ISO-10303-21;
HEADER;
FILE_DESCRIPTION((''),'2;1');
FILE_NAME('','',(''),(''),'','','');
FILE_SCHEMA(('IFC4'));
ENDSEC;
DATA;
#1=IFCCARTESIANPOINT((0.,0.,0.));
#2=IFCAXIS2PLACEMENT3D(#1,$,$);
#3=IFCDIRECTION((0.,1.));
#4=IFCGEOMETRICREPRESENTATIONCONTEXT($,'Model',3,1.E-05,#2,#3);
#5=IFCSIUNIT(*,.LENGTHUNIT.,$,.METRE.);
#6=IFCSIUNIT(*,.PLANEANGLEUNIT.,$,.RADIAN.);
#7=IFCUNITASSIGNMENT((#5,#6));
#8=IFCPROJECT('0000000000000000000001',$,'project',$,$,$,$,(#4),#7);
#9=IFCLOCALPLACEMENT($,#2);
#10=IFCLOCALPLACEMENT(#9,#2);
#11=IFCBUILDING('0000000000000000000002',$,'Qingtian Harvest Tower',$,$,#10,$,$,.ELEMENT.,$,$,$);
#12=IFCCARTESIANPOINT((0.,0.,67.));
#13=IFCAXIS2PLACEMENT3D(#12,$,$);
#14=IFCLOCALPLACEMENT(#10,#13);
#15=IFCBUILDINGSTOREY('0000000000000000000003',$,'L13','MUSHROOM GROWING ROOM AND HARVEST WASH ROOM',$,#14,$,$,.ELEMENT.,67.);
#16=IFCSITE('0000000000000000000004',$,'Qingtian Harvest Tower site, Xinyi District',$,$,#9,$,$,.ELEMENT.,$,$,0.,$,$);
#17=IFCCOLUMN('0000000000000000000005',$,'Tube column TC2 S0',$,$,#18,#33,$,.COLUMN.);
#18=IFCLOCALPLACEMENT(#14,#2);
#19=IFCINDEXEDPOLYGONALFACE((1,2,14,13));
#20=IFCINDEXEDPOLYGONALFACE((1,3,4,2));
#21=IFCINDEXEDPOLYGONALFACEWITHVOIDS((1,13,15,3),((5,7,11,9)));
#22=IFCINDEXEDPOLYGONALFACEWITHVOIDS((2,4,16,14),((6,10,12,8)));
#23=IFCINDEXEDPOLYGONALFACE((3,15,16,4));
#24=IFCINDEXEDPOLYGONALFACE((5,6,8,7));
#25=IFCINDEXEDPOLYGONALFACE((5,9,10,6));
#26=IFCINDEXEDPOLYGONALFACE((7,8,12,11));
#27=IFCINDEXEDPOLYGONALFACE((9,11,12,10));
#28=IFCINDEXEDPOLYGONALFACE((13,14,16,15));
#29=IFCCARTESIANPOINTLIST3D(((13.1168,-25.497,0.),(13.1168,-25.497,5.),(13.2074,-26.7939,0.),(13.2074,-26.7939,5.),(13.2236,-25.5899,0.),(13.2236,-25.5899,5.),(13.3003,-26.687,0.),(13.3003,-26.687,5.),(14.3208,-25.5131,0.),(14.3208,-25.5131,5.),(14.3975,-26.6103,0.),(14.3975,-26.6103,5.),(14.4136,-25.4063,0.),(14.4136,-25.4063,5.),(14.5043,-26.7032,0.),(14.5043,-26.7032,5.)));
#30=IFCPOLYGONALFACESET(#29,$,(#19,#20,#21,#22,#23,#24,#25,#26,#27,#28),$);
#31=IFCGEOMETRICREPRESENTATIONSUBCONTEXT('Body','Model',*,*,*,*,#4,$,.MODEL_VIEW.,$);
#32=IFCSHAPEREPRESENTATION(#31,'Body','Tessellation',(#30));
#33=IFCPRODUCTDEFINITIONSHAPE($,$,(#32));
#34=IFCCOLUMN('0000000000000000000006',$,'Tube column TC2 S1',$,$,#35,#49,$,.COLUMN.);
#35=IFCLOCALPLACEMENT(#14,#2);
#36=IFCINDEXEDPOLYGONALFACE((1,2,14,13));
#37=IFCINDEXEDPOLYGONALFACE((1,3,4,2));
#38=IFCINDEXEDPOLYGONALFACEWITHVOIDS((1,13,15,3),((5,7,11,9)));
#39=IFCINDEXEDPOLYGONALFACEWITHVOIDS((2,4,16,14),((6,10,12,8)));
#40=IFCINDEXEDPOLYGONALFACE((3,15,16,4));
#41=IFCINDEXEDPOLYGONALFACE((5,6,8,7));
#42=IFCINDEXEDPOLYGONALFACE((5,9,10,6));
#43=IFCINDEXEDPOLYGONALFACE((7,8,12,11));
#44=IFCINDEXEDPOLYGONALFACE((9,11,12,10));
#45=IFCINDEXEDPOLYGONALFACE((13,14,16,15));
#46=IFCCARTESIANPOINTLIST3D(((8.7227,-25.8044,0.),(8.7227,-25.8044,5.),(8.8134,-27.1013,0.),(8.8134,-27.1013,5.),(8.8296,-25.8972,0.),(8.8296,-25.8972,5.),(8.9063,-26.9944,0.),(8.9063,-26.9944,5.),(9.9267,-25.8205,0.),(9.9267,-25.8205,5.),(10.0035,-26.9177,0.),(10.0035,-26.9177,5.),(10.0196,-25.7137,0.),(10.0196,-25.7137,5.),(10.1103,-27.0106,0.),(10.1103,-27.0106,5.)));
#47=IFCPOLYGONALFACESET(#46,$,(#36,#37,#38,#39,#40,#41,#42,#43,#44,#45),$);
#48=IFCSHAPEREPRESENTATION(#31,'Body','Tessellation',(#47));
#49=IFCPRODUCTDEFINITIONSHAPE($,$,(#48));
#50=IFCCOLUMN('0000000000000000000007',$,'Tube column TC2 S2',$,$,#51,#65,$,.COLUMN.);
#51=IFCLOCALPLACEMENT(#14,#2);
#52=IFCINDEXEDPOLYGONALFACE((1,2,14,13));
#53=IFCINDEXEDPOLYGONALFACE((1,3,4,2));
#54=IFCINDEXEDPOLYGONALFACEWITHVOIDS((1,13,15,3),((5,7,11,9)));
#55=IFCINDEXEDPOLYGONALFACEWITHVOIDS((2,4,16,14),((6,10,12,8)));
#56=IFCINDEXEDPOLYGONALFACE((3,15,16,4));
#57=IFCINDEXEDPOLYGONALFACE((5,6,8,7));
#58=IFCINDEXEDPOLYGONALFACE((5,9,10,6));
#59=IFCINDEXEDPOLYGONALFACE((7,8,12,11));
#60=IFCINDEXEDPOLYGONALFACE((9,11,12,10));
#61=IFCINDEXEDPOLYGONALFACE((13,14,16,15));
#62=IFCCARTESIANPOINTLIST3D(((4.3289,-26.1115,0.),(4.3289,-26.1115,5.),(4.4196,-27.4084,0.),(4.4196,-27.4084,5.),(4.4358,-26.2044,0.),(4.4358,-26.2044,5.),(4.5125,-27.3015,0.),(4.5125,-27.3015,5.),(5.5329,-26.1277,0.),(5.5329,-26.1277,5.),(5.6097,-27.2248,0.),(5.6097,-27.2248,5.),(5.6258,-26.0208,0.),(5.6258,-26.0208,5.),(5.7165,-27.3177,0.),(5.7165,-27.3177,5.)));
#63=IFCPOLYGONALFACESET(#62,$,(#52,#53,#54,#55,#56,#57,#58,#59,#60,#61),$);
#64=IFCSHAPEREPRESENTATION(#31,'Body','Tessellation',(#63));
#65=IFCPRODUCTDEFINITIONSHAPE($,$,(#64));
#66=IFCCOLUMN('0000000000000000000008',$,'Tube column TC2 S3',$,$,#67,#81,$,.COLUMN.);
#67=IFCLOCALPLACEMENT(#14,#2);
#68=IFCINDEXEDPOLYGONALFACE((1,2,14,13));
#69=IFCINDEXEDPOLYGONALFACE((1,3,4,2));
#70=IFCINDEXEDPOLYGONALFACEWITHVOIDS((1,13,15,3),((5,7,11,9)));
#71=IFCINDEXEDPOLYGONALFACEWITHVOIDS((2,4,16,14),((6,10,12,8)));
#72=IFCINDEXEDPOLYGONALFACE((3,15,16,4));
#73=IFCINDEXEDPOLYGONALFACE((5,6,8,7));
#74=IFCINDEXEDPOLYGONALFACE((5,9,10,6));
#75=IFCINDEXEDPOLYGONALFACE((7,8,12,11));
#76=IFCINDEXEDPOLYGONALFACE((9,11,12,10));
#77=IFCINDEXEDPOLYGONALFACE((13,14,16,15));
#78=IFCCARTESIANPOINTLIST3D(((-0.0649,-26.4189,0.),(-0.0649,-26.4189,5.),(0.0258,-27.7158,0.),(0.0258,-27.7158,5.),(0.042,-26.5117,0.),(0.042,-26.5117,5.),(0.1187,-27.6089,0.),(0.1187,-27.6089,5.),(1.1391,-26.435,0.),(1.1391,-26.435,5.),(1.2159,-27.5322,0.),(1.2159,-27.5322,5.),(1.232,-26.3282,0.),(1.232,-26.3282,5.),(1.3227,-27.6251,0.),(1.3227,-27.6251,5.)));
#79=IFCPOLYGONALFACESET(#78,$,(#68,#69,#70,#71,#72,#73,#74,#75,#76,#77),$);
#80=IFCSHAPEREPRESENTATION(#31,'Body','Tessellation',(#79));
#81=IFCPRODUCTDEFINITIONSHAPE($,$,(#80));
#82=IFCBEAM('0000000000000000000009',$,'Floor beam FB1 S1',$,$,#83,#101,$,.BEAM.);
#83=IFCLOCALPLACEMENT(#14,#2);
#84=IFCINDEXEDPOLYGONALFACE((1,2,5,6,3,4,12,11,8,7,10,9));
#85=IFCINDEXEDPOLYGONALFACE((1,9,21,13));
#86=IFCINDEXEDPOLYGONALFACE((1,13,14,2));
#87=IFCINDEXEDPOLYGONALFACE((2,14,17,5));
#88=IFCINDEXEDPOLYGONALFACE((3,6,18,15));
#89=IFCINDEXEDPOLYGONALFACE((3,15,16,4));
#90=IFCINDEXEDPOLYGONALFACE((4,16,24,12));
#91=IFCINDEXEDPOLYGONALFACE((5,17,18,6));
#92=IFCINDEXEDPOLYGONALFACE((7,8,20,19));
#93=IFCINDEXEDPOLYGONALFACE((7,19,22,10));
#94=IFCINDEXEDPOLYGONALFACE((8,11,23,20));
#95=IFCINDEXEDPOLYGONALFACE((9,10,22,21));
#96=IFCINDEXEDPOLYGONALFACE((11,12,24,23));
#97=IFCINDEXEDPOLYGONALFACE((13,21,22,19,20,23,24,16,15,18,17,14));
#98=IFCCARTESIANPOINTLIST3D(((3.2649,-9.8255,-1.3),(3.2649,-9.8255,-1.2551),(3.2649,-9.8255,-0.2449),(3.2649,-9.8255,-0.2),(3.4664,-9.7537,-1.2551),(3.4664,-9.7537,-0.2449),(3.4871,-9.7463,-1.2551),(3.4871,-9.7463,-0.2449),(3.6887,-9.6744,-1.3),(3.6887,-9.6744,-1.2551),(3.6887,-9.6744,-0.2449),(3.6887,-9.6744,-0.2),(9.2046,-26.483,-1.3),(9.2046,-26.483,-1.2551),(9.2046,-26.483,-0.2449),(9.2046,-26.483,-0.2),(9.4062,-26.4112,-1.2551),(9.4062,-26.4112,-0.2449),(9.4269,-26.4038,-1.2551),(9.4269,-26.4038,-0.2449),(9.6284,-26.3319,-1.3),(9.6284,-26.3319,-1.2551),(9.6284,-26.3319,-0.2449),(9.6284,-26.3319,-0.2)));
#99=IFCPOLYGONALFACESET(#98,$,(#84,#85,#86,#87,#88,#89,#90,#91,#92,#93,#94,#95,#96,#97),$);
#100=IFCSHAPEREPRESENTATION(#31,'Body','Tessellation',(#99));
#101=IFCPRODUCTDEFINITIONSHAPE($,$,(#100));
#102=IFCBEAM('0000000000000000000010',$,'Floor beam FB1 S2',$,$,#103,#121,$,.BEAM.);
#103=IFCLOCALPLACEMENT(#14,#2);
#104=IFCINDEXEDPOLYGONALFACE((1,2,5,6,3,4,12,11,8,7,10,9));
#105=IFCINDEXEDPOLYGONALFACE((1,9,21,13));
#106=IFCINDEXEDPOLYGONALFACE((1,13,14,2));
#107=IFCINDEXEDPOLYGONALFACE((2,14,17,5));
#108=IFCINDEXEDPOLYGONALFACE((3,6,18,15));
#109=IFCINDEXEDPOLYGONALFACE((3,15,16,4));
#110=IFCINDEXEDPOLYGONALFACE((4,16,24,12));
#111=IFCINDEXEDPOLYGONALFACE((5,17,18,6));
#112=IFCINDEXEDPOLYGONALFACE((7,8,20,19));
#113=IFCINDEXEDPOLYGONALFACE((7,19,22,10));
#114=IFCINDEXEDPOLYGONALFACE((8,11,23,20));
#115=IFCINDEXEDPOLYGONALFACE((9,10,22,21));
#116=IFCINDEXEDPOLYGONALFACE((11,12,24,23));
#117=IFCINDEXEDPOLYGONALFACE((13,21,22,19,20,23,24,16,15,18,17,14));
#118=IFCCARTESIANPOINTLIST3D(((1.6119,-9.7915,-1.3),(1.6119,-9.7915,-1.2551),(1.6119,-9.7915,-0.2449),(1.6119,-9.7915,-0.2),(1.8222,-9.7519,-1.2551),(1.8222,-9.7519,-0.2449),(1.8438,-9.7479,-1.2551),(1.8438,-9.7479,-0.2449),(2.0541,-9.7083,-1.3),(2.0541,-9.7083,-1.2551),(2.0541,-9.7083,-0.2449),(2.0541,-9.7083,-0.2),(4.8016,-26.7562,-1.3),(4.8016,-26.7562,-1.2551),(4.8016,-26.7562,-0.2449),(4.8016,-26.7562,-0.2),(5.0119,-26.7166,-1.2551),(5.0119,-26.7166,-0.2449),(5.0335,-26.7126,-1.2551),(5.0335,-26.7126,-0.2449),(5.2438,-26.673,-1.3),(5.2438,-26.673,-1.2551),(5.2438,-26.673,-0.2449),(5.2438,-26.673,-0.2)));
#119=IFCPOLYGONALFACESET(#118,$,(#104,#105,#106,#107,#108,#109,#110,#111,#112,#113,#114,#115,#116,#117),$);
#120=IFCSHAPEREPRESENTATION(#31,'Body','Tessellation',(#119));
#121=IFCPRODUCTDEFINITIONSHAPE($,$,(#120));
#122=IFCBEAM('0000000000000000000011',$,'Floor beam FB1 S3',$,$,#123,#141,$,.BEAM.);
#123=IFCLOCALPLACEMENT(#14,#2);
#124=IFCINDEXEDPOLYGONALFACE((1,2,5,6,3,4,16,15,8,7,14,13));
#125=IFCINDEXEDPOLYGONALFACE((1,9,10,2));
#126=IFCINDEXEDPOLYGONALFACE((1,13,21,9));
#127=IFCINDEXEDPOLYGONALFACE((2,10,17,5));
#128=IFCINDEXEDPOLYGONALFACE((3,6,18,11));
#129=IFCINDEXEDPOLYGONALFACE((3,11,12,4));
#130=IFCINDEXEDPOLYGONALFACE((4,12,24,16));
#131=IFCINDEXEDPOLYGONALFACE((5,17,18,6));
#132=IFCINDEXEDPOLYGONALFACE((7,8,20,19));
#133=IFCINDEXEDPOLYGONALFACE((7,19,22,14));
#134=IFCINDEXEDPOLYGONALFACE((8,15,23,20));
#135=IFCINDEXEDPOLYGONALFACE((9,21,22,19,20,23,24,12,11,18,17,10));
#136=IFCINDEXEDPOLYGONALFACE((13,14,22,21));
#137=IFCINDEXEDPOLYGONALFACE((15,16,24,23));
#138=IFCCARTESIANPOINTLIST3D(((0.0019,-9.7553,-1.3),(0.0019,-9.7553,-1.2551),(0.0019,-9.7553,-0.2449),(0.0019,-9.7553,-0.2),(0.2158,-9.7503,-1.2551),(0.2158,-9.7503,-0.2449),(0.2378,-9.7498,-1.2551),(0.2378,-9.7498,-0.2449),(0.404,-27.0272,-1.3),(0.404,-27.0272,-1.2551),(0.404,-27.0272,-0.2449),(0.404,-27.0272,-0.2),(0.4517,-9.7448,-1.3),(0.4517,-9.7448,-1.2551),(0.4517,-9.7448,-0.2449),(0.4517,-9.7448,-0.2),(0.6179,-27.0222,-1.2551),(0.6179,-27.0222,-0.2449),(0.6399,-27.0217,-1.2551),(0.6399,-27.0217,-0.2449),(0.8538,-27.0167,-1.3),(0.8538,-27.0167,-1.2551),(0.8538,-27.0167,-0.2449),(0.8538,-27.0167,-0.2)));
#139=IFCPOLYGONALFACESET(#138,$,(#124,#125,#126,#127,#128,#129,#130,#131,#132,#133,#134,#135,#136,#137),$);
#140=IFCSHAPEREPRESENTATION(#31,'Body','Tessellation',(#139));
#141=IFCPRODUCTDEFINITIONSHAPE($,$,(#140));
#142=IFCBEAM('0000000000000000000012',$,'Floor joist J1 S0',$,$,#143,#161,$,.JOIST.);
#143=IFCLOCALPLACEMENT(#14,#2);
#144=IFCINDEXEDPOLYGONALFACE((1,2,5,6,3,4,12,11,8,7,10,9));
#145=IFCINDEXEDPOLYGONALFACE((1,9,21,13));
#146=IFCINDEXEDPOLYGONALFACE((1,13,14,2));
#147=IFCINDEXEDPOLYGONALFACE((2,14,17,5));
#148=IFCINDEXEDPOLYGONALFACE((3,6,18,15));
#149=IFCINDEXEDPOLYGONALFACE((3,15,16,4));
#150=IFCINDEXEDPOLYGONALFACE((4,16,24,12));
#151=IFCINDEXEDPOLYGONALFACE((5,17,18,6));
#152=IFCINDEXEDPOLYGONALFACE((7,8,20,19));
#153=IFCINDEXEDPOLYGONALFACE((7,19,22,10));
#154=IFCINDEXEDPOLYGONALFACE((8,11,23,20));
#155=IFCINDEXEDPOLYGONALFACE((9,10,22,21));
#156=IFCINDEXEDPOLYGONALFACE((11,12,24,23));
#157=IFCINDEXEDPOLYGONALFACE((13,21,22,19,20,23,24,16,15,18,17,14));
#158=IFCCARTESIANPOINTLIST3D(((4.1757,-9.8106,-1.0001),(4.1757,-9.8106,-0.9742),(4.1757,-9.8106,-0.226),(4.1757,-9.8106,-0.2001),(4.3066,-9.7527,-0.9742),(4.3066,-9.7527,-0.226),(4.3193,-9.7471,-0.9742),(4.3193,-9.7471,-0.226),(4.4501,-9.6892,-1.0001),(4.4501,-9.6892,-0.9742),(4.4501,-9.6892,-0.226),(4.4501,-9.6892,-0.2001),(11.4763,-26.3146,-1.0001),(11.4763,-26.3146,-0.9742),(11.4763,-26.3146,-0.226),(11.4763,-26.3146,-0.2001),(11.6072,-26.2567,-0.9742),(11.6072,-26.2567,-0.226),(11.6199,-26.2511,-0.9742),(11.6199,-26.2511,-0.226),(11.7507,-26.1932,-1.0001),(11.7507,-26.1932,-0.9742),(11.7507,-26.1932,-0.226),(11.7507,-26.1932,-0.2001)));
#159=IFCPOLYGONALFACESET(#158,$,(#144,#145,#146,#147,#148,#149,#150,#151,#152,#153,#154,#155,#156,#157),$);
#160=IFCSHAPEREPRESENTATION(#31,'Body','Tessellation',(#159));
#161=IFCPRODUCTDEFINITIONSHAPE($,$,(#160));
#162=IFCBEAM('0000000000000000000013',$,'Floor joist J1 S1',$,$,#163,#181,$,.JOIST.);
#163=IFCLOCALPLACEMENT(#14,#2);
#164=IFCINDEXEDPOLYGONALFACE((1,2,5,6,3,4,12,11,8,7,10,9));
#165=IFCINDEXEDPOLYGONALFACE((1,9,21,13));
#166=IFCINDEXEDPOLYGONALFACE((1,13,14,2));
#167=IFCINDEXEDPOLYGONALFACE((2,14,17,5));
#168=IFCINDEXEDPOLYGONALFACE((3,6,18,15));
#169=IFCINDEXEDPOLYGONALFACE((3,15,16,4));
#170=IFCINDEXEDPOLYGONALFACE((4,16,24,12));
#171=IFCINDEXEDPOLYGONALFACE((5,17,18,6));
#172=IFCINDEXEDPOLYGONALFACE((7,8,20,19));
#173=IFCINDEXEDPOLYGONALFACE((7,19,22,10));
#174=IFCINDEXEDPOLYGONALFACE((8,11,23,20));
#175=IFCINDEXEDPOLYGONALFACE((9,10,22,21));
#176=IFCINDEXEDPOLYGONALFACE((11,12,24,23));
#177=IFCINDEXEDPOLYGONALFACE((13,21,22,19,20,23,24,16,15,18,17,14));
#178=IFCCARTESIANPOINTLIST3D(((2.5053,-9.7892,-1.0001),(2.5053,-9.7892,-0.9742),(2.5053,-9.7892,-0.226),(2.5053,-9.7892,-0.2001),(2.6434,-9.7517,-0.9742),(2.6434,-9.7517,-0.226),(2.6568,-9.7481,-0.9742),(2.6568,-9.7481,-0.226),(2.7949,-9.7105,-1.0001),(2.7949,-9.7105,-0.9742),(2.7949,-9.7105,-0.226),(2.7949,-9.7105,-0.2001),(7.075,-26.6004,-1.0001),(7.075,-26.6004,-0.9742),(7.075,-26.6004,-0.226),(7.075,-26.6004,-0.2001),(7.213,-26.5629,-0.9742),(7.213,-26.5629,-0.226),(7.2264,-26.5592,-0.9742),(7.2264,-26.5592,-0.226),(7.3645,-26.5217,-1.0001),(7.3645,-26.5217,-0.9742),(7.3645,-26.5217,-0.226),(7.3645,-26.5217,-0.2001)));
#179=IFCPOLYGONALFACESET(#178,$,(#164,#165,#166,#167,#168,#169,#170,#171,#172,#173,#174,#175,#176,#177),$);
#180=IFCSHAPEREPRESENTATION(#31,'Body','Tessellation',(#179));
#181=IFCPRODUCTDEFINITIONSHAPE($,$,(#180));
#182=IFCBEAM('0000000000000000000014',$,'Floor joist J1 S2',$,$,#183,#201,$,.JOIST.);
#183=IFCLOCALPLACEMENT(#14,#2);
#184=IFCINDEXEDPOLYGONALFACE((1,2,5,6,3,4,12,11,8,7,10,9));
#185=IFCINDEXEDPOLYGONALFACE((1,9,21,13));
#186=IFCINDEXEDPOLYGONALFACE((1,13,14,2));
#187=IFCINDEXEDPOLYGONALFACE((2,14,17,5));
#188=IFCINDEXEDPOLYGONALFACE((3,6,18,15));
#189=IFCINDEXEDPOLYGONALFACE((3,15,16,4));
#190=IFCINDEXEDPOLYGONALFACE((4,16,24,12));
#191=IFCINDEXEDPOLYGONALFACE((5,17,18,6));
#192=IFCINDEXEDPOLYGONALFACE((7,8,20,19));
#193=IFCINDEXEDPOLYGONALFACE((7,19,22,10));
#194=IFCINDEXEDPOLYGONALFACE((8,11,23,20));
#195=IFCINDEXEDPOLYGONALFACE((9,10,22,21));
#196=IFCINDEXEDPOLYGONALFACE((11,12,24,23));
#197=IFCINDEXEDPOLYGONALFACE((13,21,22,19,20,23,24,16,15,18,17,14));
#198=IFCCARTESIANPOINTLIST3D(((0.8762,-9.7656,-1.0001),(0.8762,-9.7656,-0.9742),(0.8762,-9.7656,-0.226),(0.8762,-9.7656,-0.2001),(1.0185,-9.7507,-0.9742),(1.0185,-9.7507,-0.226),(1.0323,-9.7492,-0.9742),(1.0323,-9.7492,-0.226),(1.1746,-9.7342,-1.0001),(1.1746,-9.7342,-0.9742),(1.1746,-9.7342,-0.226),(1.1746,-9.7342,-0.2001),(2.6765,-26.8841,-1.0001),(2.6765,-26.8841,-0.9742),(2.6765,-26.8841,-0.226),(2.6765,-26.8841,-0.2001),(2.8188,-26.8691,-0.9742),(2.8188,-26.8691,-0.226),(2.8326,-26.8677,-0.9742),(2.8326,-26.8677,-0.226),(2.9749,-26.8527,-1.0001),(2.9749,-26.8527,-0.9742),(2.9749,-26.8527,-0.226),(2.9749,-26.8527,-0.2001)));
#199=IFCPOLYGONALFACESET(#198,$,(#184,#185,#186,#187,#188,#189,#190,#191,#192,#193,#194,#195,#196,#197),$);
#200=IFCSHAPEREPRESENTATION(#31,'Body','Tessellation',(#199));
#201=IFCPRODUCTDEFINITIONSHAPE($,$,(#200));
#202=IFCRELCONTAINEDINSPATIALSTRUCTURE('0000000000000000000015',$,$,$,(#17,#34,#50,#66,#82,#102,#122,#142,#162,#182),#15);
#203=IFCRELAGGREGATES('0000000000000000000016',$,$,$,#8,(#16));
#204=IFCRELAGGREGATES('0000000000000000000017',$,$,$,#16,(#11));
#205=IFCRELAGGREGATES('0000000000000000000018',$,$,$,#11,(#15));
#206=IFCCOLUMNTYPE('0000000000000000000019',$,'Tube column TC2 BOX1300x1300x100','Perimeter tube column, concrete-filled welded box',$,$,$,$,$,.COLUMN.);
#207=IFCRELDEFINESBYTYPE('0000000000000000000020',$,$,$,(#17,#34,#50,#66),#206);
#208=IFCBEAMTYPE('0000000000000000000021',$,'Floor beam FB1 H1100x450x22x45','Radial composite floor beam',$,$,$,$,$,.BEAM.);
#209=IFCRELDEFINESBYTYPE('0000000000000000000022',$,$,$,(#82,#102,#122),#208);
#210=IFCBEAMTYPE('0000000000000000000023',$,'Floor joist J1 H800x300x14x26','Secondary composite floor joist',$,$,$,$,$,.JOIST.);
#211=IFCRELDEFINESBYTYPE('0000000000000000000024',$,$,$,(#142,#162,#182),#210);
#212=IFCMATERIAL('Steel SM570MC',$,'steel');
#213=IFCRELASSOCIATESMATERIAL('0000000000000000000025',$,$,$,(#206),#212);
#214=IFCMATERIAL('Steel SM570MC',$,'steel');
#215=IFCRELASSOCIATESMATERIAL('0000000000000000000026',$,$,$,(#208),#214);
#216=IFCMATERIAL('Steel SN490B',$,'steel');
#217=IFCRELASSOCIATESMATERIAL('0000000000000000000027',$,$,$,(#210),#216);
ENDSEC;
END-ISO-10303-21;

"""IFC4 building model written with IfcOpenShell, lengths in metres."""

from ifc_helpers import new_model, si_unit, direction, frame, origin, origin_2d, place, context, subcontext, project, spatial, hollow_rectangle, i_section, extrude, material, material_profile, profile_set, type_object, element, save


model = new_model("IFC4")

# Units and contexts
model_context = context("Model", 3, precision=1e-05, world=origin(), true_north=direction((0.0, 1.0)))
body_context = subcontext(model_context, "Body", "Model", "MODEL_VIEW")
ifc_project = project(units=[si_unit("LENGTHUNIT", "METRE"), si_unit("PLANEANGLEUNIT", "RADIAN")], contexts=[model_context])

# Site, building, storey
site_placement = place(None, origin())
site = spatial("IfcSite", under=ifc_project, at=site_placement, Name="Qingtian Harvest Tower site, Xinyi District", CompositionType="ELEMENT", RefElevation=0.0)
building_placement = place(site_placement, origin())
building = spatial("IfcBuilding", under=site, at=building_placement, Name="Qingtian Harvest Tower", CompositionType="ELEMENT")
storey_placement = place(building_placement, frame((0.0, 0.0, 67.0)))
storey = spatial("IfcBuildingStorey", under=building, at=storey_placement, Name="L13", Description="MUSHROOM GROWING ROOM AND HARVEST WASH ROOM", CompositionType="ELEMENT", Elevation=67.0)

# Columns
ifc_material_1 = material(Name="Steel SM570MC", Category="steel")
ifc_material_profile_1 = material_profile(ifc_material_1, hollow_rectangle(XDim=1.3, YDim=1.3, WallThickness=0.1001, at=origin_2d()), Name="BOX1300x1300x100")
ifc_profile_set_1 = profile_set([ifc_material_profile_1], Name="Steel SM570MC")
column_type = type_object("IfcColumnType", Name="Tube column TC2 BOX1300x1300x100", Description="Perimeter tube column, concrete-filled welded box", PredefinedType="COLUMN", material=ifc_profile_set_1)
for number, where, z_axis, x_axis, name in (
    (1, (13.8105, -26.1001, 0.0), (0.0, 0.0, 1.0), (0.997564, 0.069756, 0.0), "Tube column TC2 S0"),
    (2, (9.4165, -26.4075, 0.0), (0.0, 0.0, 1.0), (0.997564, 0.069756, 0.0), "Tube column TC2 S1"),
    (3, (5.0227, -26.7146, 0.0), (0.0, 0.0, 1.0), (0.997564, 0.069756, 0.0), "Tube column TC2 S2"),
    (4, (0.6289, -27.022, 0.0), (0.0, 0.0, 1.0), (0.997564, 0.069756, 0.0), "Tube column TC2 S3"),
):
    element("IfcColumn", number, at=place(storey_placement, frame(where, z_axis=z_axis, x_axis=x_axis)), inside=storey, type_object=column_type, Name=name, PredefinedType="COLUMN", context=body_context, shape_type="SweptSolid", body=[
        extrude(hollow_rectangle(XDim=1.3, YDim=1.3, WallThickness=0.1001, at=origin_2d()), origin(), (0.0, 0.0, 1.0), 5.0),
    ])

# Beams
ifc_material_2 = material(Name="Steel SM570MC", Category="steel")
ifc_material_profile_2 = material_profile(ifc_material_2, i_section(OverallWidth=0.45, OverallDepth=1.1001, WebThickness=0.022, FlangeThickness=0.0449, at=origin_2d()), Name="H1100x450x22x45")
ifc_profile_set_2 = profile_set([ifc_material_profile_2], Name="Steel SM570MC")
beam_type_1 = type_object("IfcBeamType", Name="Floor beam FB1 H1100x450x22x45", Description="Radial composite floor beam", PredefinedType="BEAM", material=ifc_profile_set_2)
beam_1_placement = place(storey_placement, frame((9.4165, -26.4075, -0.75), z_axis=(-0.335865, 0.94191, 0.0), x_axis=(-0.94191, -0.335865, 0.0)))
element("IfcBeam", 5, at=beam_1_placement, inside=storey, type_object=beam_type_1, Name="Floor beam FB1 S1", PredefinedType="BEAM", context=body_context, shape_type="SweptSolid", body=[
    extrude(i_section(OverallWidth=0.45, OverallDepth=1.1001, WebThickness=0.022, FlangeThickness=0.0449, at=origin_2d()), origin(), (0.0, 0.0, 1.0), 17.6848),
])
beam_2_placement = place(storey_placement, frame((5.0227, -26.7146, -0.75), z_axis=(-0.184783, 0.982779, 0.0), x_axis=(-0.982779, -0.184783, 0.0)))
element("IfcBeam", 6, at=beam_2_placement, inside=storey, type_object=beam_type_1, Name="Floor beam FB1 S2", PredefinedType="BEAM", context=body_context, shape_type="SweptSolid", body=[
    extrude(i_section(OverallWidth=0.45, OverallDepth=1.1001, WebThickness=0.022, FlangeThickness=0.0449, at=origin_2d()), origin(), (0.0, 0.0, 1.0), 17.262),
])
beam_3_placement = place(storey_placement, frame((0.6289, -27.022, -0.75), z_axis=(-0.023274, 0.999729, 0.0), x_axis=(-0.999729, -0.023274, 0.0)))
element("IfcBeam", 7, at=beam_3_placement, inside=storey, type_object=beam_type_1, Name="Floor beam FB1 S3", PredefinedType="BEAM", context=body_context, shape_type="SweptSolid", body=[
    extrude(i_section(OverallWidth=0.45, OverallDepth=1.1001, WebThickness=0.022, FlangeThickness=0.0449, at=origin_2d()), origin(), (0.0, 0.0, 1.0), 17.2766),
])
ifc_material_3 = material(Name="Steel SN490B", Category="steel")
ifc_material_profile_3 = material_profile(ifc_material_3, i_section(OverallWidth=0.3, OverallDepth=0.8, WebThickness=0.0139, FlangeThickness=0.0259, at=origin_2d()), Name="H800x300x14x26")
ifc_profile_set_3 = profile_set([ifc_material_profile_3], Name="Steel SN490B")
beam_type_2 = type_object("IfcBeamType", Name="Floor joist J1 H800x300x14x26", Description="Secondary composite floor joist", PredefinedType="JOIST", material=ifc_profile_set_3)
beam_4_placement = place(storey_placement, frame((11.6135, -26.2539, -0.6001), z_axis=(-0.40454, 0.91452, 0.0), x_axis=(-0.91452, -0.40454, 0.0)))
element("IfcBeam", 8, at=beam_4_placement, inside=storey, type_object=beam_type_2, Name="Floor joist J1 S0", PredefinedType="JOIST", context=body_context, shape_type="SweptSolid", body=[
    extrude(i_section(OverallWidth=0.3, OverallDepth=0.8, WebThickness=0.0139, FlangeThickness=0.0259, at=origin_2d()), origin(), (0.0, 0.0, 1.0), 18.0466),
])
beam_5_placement = place(storey_placement, frame((7.2197, -26.561, -0.6001), z_axis=(-0.262303, 0.964986, 0.0), x_axis=(-0.964986, -0.262303, 0.0)))
element("IfcBeam", 9, at=beam_5_placement, inside=storey, type_object=beam_type_2, Name="Floor joist J1 S1", PredefinedType="JOIST", context=body_context, shape_type="SweptSolid", body=[
    extrude(i_section(OverallWidth=0.3, OverallDepth=0.8, WebThickness=0.0139, FlangeThickness=0.0259, at=origin_2d()), origin(), (0.0, 0.0, 1.0), 17.4211),
])
beam_6_placement = place(storey_placement, frame((2.8257, -26.8684, -0.6001), z_axis=(-0.10459, 0.994515, 0.0), x_axis=(-0.994515, -0.10459, 0.0)))
element("IfcBeam", 10, at=beam_6_placement, inside=storey, type_object=beam_type_2, Name="Floor joist J1 S2", PredefinedType="JOIST", context=body_context, shape_type="SweptSolid", body=[
    extrude(i_section(OverallWidth=0.3, OverallDepth=0.8, WebThickness=0.0139, FlangeThickness=0.0259, at=origin_2d()), origin(), (0.0, 0.0, 1.0), 17.2129),
])

save(model, "model.ifc")
